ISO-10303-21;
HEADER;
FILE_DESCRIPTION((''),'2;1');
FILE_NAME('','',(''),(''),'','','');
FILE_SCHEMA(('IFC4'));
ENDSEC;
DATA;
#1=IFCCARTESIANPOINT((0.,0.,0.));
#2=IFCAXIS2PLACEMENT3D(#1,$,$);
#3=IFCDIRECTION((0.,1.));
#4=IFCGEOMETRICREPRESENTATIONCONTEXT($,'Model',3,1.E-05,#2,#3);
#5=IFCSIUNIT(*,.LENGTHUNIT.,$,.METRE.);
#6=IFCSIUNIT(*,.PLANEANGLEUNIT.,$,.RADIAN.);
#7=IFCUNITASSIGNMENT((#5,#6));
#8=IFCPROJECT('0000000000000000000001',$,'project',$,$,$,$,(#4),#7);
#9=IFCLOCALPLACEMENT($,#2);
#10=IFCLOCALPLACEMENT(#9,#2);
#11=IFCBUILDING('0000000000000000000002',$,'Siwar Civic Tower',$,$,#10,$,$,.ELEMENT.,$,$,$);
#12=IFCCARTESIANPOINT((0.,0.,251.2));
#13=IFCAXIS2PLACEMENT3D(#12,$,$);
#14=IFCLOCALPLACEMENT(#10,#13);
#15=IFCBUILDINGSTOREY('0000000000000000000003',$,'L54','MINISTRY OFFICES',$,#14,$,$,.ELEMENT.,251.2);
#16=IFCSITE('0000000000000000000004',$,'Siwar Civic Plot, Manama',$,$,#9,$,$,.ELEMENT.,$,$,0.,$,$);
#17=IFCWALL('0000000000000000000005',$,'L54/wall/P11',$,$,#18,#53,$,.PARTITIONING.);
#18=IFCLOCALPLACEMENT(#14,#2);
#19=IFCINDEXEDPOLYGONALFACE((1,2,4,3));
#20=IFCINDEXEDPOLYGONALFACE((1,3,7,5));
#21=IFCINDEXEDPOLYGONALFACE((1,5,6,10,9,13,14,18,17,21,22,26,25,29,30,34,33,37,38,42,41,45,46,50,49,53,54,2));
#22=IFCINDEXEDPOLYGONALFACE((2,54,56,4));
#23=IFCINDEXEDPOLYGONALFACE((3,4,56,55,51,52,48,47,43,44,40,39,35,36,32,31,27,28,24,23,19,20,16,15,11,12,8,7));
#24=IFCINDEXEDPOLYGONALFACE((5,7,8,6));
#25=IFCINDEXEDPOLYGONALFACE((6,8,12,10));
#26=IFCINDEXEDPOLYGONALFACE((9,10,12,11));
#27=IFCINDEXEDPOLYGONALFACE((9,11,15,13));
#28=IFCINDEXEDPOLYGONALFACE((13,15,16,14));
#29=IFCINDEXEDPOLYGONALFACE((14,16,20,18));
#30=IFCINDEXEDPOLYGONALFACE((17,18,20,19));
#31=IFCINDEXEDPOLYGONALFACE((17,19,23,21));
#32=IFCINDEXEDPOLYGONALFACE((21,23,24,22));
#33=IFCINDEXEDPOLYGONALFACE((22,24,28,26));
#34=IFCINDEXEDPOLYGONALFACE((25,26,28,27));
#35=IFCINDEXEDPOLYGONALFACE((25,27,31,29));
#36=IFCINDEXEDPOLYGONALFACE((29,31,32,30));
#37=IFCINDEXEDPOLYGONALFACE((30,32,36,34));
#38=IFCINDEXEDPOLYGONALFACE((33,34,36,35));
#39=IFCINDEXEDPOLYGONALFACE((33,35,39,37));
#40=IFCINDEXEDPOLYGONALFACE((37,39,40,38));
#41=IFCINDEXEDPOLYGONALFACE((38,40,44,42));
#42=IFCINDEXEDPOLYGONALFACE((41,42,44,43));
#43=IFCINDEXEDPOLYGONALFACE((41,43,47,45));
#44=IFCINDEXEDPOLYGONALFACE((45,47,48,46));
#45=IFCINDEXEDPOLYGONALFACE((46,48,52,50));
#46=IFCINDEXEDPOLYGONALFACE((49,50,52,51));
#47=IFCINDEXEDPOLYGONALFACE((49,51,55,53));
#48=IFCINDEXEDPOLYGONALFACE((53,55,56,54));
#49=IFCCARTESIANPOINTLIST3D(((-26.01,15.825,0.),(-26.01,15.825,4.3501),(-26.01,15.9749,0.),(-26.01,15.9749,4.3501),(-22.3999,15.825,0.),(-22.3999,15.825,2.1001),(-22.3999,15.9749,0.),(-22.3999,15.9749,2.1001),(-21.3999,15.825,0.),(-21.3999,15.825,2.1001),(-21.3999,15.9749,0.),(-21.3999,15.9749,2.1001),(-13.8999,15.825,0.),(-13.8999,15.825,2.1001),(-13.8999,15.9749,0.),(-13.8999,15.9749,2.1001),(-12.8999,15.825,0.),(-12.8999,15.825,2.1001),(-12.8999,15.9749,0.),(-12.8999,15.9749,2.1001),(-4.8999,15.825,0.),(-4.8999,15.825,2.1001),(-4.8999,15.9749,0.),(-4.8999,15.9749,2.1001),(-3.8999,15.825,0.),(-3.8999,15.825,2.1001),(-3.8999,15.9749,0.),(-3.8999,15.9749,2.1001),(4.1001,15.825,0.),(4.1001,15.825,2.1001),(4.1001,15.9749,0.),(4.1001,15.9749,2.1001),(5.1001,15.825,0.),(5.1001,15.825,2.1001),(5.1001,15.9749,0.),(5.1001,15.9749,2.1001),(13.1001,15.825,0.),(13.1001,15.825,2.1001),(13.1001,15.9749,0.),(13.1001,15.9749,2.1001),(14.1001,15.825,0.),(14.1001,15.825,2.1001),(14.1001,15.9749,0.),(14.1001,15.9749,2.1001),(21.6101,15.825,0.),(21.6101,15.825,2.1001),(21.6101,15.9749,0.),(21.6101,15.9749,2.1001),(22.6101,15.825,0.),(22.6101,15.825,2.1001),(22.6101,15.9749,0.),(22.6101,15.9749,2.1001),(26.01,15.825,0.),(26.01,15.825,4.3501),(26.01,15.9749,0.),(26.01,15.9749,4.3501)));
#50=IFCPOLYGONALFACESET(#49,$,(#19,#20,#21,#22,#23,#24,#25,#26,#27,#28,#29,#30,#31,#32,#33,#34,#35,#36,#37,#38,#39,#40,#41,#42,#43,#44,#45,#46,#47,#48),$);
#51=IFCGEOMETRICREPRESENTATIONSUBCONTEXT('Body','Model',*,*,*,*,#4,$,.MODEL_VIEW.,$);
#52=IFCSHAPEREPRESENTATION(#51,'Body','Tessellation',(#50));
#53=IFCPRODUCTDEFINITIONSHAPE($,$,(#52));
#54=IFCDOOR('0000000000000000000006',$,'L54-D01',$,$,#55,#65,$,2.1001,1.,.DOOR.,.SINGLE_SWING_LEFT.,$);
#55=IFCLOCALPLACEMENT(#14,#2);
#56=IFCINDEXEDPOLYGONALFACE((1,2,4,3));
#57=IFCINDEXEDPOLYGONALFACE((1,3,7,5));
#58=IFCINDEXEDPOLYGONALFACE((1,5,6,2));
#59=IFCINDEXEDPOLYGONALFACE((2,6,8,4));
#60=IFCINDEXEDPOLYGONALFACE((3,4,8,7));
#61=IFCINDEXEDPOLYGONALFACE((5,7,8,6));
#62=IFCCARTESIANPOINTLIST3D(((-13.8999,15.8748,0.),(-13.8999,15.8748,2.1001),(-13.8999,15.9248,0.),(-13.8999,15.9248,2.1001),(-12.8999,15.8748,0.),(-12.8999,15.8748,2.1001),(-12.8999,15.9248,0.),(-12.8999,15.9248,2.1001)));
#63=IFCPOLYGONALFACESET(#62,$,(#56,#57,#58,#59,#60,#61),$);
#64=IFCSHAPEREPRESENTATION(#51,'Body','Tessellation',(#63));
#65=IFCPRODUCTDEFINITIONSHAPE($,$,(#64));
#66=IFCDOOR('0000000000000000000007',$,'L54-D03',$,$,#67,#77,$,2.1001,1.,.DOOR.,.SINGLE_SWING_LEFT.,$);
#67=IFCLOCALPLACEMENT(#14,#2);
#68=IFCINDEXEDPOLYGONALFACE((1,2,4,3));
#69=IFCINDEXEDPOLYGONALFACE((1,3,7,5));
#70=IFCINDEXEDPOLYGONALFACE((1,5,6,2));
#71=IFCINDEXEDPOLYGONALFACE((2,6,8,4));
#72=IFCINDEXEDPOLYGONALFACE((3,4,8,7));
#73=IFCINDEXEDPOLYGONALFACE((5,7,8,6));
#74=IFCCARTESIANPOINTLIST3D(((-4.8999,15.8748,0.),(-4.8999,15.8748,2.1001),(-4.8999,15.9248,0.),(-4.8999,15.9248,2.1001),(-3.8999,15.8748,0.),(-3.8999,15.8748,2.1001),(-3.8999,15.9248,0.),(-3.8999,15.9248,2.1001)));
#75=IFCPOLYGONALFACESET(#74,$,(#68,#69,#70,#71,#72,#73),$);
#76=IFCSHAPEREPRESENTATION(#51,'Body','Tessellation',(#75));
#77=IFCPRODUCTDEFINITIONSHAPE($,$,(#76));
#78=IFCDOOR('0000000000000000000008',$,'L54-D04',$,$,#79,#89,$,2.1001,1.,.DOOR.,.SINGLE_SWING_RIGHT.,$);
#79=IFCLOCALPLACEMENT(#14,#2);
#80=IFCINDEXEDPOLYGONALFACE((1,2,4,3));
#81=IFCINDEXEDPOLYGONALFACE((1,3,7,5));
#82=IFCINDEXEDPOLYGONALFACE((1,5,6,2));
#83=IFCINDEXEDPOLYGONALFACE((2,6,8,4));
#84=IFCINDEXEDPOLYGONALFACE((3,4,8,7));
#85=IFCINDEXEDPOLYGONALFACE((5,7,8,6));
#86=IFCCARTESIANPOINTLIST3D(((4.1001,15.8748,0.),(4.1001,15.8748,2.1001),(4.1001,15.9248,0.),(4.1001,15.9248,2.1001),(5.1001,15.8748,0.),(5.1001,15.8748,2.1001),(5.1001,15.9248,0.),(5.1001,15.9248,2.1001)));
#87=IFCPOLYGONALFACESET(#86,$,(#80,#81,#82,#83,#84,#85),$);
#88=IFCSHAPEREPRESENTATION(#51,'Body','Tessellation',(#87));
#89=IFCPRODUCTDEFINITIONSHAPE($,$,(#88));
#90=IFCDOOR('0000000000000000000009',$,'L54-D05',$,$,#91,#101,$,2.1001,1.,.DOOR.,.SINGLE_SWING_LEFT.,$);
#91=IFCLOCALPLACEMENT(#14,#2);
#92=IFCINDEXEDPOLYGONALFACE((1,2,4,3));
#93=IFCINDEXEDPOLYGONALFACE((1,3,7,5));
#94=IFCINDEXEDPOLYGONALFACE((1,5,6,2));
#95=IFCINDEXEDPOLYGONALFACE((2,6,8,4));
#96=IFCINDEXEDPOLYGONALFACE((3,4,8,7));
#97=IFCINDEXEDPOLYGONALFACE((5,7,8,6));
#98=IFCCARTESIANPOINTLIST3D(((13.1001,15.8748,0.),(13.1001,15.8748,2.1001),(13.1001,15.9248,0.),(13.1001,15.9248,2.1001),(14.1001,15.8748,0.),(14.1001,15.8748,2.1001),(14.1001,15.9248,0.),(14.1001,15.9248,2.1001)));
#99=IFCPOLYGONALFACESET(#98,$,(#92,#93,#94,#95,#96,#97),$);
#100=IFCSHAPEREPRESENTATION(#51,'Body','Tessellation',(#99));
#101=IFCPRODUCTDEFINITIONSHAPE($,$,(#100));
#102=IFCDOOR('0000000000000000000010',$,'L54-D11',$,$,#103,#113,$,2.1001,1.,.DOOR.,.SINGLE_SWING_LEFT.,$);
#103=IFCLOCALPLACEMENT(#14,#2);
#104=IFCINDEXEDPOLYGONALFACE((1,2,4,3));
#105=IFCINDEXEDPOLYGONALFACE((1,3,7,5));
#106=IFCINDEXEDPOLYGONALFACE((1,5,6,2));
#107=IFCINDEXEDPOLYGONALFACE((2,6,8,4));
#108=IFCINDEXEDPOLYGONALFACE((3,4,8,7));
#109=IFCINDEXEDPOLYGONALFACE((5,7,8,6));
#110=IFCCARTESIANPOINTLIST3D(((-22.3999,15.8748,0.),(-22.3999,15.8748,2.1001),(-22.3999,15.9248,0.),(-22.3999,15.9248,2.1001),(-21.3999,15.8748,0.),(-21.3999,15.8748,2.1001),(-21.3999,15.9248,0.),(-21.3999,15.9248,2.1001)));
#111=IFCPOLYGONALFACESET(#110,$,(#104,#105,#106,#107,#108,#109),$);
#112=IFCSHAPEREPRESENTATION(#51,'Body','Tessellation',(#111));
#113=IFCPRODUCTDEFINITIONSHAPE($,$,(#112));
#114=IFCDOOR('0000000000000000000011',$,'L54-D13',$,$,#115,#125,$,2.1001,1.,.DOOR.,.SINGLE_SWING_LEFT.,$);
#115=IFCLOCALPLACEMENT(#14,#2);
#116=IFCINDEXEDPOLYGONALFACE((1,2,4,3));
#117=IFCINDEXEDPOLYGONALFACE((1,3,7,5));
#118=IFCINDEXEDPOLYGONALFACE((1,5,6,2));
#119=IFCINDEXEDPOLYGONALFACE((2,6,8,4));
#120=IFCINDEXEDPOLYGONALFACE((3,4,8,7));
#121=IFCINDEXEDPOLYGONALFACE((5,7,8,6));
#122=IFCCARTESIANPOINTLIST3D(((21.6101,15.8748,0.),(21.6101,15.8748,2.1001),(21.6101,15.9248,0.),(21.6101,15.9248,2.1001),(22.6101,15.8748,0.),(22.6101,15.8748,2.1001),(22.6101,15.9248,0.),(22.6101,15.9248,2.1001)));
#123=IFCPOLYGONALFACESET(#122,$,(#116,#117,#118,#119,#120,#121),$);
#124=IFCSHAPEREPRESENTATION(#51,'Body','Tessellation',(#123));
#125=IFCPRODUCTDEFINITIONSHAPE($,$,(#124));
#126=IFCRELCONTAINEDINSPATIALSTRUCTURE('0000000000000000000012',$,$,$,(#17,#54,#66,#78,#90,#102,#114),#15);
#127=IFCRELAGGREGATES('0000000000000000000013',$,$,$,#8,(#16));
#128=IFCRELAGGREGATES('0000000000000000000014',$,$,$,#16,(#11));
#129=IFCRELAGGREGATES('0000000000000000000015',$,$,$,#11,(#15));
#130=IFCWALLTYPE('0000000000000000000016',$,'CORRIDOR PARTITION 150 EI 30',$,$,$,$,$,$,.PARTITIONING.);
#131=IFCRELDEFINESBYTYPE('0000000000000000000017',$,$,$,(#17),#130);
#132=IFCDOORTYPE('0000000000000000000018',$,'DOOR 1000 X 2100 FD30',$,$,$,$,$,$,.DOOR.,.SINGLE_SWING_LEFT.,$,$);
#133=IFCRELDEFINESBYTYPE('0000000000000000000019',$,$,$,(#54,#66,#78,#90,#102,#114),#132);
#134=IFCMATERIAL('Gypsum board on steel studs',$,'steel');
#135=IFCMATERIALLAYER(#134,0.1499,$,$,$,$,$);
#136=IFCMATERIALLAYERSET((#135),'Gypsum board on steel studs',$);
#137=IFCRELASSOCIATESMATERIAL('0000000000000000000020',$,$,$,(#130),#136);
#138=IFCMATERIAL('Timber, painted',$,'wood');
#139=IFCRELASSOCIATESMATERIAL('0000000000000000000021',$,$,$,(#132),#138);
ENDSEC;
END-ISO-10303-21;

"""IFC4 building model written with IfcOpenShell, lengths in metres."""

from ifc_helpers import new_model, si_unit, direction, frame, frame_2d, origin, place, context, subcontext, project, spatial, rectangle, extrude, material, layer, layer_set, type_object, element, fill, save


model = new_model("IFC4")

# Units and contexts
model_context = context("Model", 3, precision=1e-05, world=origin(), true_north=direction((0.0, 1.0)))
body_context = subcontext(model_context, "Body", "Model", "MODEL_VIEW")
ifc_project = project(units=[si_unit("LENGTHUNIT", "METRE"), si_unit("PLANEANGLEUNIT", "RADIAN")], contexts=[model_context])

# Site, building, storey
site_placement = place(None, origin())
site = spatial("IfcSite", under=ifc_project, at=site_placement, Name="Siwar Civic Plot, Manama", CompositionType="ELEMENT", RefElevation=0.0)
building_placement = place(site_placement, origin())
building = spatial("IfcBuilding", under=site, at=building_placement, Name="Siwar Civic Tower", CompositionType="ELEMENT")
storey_placement = place(building_placement, frame((0.0, 0.0, 251.2)))
storey = spatial("IfcBuildingStorey", under=building, at=storey_placement, Name="L54", Description="MINISTRY OFFICES", CompositionType="ELEMENT", Elevation=251.2)

# Wall, openings, doors
ifc_material_1 = material(Name="Gypsum board on steel studs", Category="steel")
ifc_layer_1 = layer(ifc_material_1, 0.1499)
ifc_layer_set_1 = layer_set([ifc_layer_1], Name="Gypsum board on steel studs")
wall_type_1 = type_object("IfcWallType", Name="CORRIDOR PARTITION 150 EI 30", PredefinedType="PARTITIONING", material=ifc_layer_set_1)
wall_1_placement = place(storey_placement, frame((-26.01, 15.8999, 0.0), z_axis=(0.0, 0.0, 1.0), x_axis=(1.0, 0.0, 0.0)))
wall_1 = element("IfcWall", 1, at=wall_1_placement, inside=storey, type_object=wall_type_1, Name="L54/wall/P11", PredefinedType="PARTITIONING", context=body_context, shape_type="SweptSolid", body=[
    extrude(rectangle(XDim=52.02, YDim=0.1499, at=frame_2d((26.01, 0.0))), origin(), (0.0, 0.0, 1.0), 4.3501),
])
opening_1_placement = place(wall_1_placement, frame((12.1101, 0.0, 0.0)))
opening_1 = element("IfcOpeningElement", 2, at=opening_1_placement, cuts=wall_1, PredefinedType="OPENING", context=body_context, shape_type="SweptSolid", body=[
    extrude(rectangle(XDim=1.0, YDim=2.1001, at=frame_2d((0.5, 1.05))), frame((0.0, 0.085, 0.0), z_axis=(0.0, -1.0, 0.0), x_axis=(1.0, 0.0, 0.0)), (0.0, 0.0, 1.0), 0.1699),
])
opening_2_placement = place(wall_1_placement, frame((21.1101, 0.0, 0.0)))
opening_2 = element("IfcOpeningElement", 3, at=opening_2_placement, cuts=wall_1, PredefinedType="OPENING", context=body_context, shape_type="SweptSolid", body=[
    extrude(rectangle(XDim=1.0, YDim=2.1001, at=frame_2d((0.5, 1.05))), frame((0.0, 0.085, 0.0), z_axis=(0.0, -1.0, 0.0), x_axis=(1.0, 0.0, 0.0)), (0.0, 0.0, 1.0), 0.1699),
])
opening_3_placement = place(wall_1_placement, frame((30.1101, 0.0, 0.0)))
opening_3 = element("IfcOpeningElement", 4, at=opening_3_placement, cuts=wall_1, PredefinedType="OPENING", context=body_context, shape_type="SweptSolid", body=[
    extrude(rectangle(XDim=1.0, YDim=2.1001, at=frame_2d((0.5, 1.05))), frame((0.0, 0.085, 0.0), z_axis=(0.0, -1.0, 0.0), x_axis=(1.0, 0.0, 0.0)), (0.0, 0.0, 1.0), 0.1699),
])
opening_4_placement = place(wall_1_placement, frame((39.1101, 0.0, 0.0)))
opening_4 = element("IfcOpeningElement", 5, at=opening_4_placement, cuts=wall_1, PredefinedType="OPENING", context=body_context, shape_type="SweptSolid", body=[
    extrude(rectangle(XDim=1.0, YDim=2.1001, at=frame_2d((0.5, 1.05))), frame((0.0, 0.085, 0.0), z_axis=(0.0, -1.0, 0.0), x_axis=(1.0, 0.0, 0.0)), (0.0, 0.0, 1.0), 0.1699),
])
opening_5_placement = place(wall_1_placement, frame((3.6101, 0.0, 0.0)))
opening_5 = element("IfcOpeningElement", 6, at=opening_5_placement, cuts=wall_1, PredefinedType="OPENING", context=body_context, shape_type="SweptSolid", body=[
    extrude(rectangle(XDim=1.0, YDim=2.1001, at=frame_2d((0.5, 1.05))), frame((0.0, 0.085, 0.0), z_axis=(0.0, -1.0, 0.0), x_axis=(1.0, 0.0, 0.0)), (0.0, 0.0, 1.0), 0.1699),
])
opening_6_placement = place(wall_1_placement, frame((47.6201, 0.0, 0.0)))
opening_6 = element("IfcOpeningElement", 7, at=opening_6_placement, cuts=wall_1, PredefinedType="OPENING", context=body_context, shape_type="SweptSolid", body=[
    extrude(rectangle(XDim=1.0, YDim=2.1001, at=frame_2d((0.5, 1.05))), frame((0.0, 0.085, 0.0), z_axis=(0.0, -1.0, 0.0), x_axis=(1.0, 0.0, 0.0)), (0.0, 0.0, 1.0), 0.1699),
])
ifc_material_2 = material(Name="Timber, painted", Category="wood")
door_type_1 = type_object("IfcDoorType", Name="DOOR 1000 X 2100 FD30", OperationType="SINGLE_SWING_LEFT", PredefinedType="DOOR", material=ifc_material_2)
door_1_placement = place(opening_1_placement, origin())
door_1 = element("IfcDoor", 8, at=door_1_placement, inside=storey, type_object=door_type_1, Name="L54-D01", OperationType="SINGLE_SWING_LEFT", OverallHeight=2.1001, OverallWidth=1.0, PredefinedType="DOOR", context=body_context, shape_type="SweptSolid", body=[
    extrude(rectangle(XDim=1.0, YDim=2.1001, at=frame_2d((0.5, 1.05))), frame((0.0, 0.0249, 0.0), z_axis=(0.0, -1.0, 0.0), x_axis=(1.0, 0.0, 0.0)), (0.0, 0.0, 1.0), 0.05),
])
fill(opening_1, door_1)
door_2_placement = place(opening_2_placement, origin())
door_2 = element("IfcDoor", 9, at=door_2_placement, inside=storey, type_object=door_type_1, Name="L54-D03", OperationType="SINGLE_SWING_LEFT", OverallHeight=2.1001, OverallWidth=1.0, PredefinedType="DOOR", context=body_context, shape_type="SweptSolid", body=[
    extrude(rectangle(XDim=1.0, YDim=2.1001, at=frame_2d((0.5, 1.05))), frame((0.0, 0.0249, 0.0), z_axis=(0.0, -1.0, 0.0), x_axis=(1.0, 0.0, 0.0)), (0.0, 0.0, 1.0), 0.05),
])
fill(opening_2, door_2)
door_3_placement = place(opening_3_placement, origin())
door_3 = element("IfcDoor", 10, at=door_3_placement, inside=storey, type_object=door_type_1, Name="L54-D04", OperationType="SINGLE_SWING_RIGHT", OverallHeight=2.1001, OverallWidth=1.0, PredefinedType="DOOR", context=body_context, shape_type="SweptSolid", body=[
    extrude(rectangle(XDim=1.0, YDim=2.1001, at=frame_2d((0.5, 1.05))), frame((0.0, 0.0249, 0.0), z_axis=(0.0, -1.0, 0.0), x_axis=(1.0, 0.0, 0.0)), (0.0, 0.0, 1.0), 0.05),
])
fill(opening_3, door_3)
door_4_placement = place(opening_4_placement, origin())
door_4 = element("IfcDoor", 11, at=door_4_placement, inside=storey, type_object=door_type_1, Name="L54-D05", OperationType="SINGLE_SWING_LEFT", OverallHeight=2.1001, OverallWidth=1.0, PredefinedType="DOOR", context=body_context, shape_type="SweptSolid", body=[
    extrude(rectangle(XDim=1.0, YDim=2.1001, at=frame_2d((0.5, 1.05))), frame((0.0, 0.0249, 0.0), z_axis=(0.0, -1.0, 0.0), x_axis=(1.0, 0.0, 0.0)), (0.0, 0.0, 1.0), 0.05),
])
fill(opening_4, door_4)
door_5_placement = place(opening_5_placement, origin())
door_5 = element("IfcDoor", 12, at=door_5_placement, inside=storey, type_object=door_type_1, Name="L54-D11", OperationType="SINGLE_SWING_LEFT", OverallHeight=2.1001, OverallWidth=1.0, PredefinedType="DOOR", context=body_context, shape_type="SweptSolid", body=[
    extrude(rectangle(XDim=1.0, YDim=2.1001, at=frame_2d((0.5, 1.05))), frame((0.0, 0.0249, 0.0), z_axis=(0.0, -1.0, 0.0), x_axis=(1.0, 0.0, 0.0)), (0.0, 0.0, 1.0), 0.05),
])
fill(opening_5, door_5)
door_6_placement = place(opening_6_placement, origin())
door_6 = element("IfcDoor", 13, at=door_6_placement, inside=storey, type_object=door_type_1, Name="L54-D13", OperationType="SINGLE_SWING_LEFT", OverallHeight=2.1001, OverallWidth=1.0, PredefinedType="DOOR", context=body_context, shape_type="SweptSolid", body=[
    extrude(rectangle(XDim=1.0, YDim=2.1001, at=frame_2d((0.5, 1.05))), frame((0.0, 0.0249, 0.0), z_axis=(0.0, -1.0, 0.0), x_axis=(1.0, 0.0, 0.0)), (0.0, 0.0, 1.0), 0.05),
])
fill(opening_6, door_6)

save(model, "model.ifc")
